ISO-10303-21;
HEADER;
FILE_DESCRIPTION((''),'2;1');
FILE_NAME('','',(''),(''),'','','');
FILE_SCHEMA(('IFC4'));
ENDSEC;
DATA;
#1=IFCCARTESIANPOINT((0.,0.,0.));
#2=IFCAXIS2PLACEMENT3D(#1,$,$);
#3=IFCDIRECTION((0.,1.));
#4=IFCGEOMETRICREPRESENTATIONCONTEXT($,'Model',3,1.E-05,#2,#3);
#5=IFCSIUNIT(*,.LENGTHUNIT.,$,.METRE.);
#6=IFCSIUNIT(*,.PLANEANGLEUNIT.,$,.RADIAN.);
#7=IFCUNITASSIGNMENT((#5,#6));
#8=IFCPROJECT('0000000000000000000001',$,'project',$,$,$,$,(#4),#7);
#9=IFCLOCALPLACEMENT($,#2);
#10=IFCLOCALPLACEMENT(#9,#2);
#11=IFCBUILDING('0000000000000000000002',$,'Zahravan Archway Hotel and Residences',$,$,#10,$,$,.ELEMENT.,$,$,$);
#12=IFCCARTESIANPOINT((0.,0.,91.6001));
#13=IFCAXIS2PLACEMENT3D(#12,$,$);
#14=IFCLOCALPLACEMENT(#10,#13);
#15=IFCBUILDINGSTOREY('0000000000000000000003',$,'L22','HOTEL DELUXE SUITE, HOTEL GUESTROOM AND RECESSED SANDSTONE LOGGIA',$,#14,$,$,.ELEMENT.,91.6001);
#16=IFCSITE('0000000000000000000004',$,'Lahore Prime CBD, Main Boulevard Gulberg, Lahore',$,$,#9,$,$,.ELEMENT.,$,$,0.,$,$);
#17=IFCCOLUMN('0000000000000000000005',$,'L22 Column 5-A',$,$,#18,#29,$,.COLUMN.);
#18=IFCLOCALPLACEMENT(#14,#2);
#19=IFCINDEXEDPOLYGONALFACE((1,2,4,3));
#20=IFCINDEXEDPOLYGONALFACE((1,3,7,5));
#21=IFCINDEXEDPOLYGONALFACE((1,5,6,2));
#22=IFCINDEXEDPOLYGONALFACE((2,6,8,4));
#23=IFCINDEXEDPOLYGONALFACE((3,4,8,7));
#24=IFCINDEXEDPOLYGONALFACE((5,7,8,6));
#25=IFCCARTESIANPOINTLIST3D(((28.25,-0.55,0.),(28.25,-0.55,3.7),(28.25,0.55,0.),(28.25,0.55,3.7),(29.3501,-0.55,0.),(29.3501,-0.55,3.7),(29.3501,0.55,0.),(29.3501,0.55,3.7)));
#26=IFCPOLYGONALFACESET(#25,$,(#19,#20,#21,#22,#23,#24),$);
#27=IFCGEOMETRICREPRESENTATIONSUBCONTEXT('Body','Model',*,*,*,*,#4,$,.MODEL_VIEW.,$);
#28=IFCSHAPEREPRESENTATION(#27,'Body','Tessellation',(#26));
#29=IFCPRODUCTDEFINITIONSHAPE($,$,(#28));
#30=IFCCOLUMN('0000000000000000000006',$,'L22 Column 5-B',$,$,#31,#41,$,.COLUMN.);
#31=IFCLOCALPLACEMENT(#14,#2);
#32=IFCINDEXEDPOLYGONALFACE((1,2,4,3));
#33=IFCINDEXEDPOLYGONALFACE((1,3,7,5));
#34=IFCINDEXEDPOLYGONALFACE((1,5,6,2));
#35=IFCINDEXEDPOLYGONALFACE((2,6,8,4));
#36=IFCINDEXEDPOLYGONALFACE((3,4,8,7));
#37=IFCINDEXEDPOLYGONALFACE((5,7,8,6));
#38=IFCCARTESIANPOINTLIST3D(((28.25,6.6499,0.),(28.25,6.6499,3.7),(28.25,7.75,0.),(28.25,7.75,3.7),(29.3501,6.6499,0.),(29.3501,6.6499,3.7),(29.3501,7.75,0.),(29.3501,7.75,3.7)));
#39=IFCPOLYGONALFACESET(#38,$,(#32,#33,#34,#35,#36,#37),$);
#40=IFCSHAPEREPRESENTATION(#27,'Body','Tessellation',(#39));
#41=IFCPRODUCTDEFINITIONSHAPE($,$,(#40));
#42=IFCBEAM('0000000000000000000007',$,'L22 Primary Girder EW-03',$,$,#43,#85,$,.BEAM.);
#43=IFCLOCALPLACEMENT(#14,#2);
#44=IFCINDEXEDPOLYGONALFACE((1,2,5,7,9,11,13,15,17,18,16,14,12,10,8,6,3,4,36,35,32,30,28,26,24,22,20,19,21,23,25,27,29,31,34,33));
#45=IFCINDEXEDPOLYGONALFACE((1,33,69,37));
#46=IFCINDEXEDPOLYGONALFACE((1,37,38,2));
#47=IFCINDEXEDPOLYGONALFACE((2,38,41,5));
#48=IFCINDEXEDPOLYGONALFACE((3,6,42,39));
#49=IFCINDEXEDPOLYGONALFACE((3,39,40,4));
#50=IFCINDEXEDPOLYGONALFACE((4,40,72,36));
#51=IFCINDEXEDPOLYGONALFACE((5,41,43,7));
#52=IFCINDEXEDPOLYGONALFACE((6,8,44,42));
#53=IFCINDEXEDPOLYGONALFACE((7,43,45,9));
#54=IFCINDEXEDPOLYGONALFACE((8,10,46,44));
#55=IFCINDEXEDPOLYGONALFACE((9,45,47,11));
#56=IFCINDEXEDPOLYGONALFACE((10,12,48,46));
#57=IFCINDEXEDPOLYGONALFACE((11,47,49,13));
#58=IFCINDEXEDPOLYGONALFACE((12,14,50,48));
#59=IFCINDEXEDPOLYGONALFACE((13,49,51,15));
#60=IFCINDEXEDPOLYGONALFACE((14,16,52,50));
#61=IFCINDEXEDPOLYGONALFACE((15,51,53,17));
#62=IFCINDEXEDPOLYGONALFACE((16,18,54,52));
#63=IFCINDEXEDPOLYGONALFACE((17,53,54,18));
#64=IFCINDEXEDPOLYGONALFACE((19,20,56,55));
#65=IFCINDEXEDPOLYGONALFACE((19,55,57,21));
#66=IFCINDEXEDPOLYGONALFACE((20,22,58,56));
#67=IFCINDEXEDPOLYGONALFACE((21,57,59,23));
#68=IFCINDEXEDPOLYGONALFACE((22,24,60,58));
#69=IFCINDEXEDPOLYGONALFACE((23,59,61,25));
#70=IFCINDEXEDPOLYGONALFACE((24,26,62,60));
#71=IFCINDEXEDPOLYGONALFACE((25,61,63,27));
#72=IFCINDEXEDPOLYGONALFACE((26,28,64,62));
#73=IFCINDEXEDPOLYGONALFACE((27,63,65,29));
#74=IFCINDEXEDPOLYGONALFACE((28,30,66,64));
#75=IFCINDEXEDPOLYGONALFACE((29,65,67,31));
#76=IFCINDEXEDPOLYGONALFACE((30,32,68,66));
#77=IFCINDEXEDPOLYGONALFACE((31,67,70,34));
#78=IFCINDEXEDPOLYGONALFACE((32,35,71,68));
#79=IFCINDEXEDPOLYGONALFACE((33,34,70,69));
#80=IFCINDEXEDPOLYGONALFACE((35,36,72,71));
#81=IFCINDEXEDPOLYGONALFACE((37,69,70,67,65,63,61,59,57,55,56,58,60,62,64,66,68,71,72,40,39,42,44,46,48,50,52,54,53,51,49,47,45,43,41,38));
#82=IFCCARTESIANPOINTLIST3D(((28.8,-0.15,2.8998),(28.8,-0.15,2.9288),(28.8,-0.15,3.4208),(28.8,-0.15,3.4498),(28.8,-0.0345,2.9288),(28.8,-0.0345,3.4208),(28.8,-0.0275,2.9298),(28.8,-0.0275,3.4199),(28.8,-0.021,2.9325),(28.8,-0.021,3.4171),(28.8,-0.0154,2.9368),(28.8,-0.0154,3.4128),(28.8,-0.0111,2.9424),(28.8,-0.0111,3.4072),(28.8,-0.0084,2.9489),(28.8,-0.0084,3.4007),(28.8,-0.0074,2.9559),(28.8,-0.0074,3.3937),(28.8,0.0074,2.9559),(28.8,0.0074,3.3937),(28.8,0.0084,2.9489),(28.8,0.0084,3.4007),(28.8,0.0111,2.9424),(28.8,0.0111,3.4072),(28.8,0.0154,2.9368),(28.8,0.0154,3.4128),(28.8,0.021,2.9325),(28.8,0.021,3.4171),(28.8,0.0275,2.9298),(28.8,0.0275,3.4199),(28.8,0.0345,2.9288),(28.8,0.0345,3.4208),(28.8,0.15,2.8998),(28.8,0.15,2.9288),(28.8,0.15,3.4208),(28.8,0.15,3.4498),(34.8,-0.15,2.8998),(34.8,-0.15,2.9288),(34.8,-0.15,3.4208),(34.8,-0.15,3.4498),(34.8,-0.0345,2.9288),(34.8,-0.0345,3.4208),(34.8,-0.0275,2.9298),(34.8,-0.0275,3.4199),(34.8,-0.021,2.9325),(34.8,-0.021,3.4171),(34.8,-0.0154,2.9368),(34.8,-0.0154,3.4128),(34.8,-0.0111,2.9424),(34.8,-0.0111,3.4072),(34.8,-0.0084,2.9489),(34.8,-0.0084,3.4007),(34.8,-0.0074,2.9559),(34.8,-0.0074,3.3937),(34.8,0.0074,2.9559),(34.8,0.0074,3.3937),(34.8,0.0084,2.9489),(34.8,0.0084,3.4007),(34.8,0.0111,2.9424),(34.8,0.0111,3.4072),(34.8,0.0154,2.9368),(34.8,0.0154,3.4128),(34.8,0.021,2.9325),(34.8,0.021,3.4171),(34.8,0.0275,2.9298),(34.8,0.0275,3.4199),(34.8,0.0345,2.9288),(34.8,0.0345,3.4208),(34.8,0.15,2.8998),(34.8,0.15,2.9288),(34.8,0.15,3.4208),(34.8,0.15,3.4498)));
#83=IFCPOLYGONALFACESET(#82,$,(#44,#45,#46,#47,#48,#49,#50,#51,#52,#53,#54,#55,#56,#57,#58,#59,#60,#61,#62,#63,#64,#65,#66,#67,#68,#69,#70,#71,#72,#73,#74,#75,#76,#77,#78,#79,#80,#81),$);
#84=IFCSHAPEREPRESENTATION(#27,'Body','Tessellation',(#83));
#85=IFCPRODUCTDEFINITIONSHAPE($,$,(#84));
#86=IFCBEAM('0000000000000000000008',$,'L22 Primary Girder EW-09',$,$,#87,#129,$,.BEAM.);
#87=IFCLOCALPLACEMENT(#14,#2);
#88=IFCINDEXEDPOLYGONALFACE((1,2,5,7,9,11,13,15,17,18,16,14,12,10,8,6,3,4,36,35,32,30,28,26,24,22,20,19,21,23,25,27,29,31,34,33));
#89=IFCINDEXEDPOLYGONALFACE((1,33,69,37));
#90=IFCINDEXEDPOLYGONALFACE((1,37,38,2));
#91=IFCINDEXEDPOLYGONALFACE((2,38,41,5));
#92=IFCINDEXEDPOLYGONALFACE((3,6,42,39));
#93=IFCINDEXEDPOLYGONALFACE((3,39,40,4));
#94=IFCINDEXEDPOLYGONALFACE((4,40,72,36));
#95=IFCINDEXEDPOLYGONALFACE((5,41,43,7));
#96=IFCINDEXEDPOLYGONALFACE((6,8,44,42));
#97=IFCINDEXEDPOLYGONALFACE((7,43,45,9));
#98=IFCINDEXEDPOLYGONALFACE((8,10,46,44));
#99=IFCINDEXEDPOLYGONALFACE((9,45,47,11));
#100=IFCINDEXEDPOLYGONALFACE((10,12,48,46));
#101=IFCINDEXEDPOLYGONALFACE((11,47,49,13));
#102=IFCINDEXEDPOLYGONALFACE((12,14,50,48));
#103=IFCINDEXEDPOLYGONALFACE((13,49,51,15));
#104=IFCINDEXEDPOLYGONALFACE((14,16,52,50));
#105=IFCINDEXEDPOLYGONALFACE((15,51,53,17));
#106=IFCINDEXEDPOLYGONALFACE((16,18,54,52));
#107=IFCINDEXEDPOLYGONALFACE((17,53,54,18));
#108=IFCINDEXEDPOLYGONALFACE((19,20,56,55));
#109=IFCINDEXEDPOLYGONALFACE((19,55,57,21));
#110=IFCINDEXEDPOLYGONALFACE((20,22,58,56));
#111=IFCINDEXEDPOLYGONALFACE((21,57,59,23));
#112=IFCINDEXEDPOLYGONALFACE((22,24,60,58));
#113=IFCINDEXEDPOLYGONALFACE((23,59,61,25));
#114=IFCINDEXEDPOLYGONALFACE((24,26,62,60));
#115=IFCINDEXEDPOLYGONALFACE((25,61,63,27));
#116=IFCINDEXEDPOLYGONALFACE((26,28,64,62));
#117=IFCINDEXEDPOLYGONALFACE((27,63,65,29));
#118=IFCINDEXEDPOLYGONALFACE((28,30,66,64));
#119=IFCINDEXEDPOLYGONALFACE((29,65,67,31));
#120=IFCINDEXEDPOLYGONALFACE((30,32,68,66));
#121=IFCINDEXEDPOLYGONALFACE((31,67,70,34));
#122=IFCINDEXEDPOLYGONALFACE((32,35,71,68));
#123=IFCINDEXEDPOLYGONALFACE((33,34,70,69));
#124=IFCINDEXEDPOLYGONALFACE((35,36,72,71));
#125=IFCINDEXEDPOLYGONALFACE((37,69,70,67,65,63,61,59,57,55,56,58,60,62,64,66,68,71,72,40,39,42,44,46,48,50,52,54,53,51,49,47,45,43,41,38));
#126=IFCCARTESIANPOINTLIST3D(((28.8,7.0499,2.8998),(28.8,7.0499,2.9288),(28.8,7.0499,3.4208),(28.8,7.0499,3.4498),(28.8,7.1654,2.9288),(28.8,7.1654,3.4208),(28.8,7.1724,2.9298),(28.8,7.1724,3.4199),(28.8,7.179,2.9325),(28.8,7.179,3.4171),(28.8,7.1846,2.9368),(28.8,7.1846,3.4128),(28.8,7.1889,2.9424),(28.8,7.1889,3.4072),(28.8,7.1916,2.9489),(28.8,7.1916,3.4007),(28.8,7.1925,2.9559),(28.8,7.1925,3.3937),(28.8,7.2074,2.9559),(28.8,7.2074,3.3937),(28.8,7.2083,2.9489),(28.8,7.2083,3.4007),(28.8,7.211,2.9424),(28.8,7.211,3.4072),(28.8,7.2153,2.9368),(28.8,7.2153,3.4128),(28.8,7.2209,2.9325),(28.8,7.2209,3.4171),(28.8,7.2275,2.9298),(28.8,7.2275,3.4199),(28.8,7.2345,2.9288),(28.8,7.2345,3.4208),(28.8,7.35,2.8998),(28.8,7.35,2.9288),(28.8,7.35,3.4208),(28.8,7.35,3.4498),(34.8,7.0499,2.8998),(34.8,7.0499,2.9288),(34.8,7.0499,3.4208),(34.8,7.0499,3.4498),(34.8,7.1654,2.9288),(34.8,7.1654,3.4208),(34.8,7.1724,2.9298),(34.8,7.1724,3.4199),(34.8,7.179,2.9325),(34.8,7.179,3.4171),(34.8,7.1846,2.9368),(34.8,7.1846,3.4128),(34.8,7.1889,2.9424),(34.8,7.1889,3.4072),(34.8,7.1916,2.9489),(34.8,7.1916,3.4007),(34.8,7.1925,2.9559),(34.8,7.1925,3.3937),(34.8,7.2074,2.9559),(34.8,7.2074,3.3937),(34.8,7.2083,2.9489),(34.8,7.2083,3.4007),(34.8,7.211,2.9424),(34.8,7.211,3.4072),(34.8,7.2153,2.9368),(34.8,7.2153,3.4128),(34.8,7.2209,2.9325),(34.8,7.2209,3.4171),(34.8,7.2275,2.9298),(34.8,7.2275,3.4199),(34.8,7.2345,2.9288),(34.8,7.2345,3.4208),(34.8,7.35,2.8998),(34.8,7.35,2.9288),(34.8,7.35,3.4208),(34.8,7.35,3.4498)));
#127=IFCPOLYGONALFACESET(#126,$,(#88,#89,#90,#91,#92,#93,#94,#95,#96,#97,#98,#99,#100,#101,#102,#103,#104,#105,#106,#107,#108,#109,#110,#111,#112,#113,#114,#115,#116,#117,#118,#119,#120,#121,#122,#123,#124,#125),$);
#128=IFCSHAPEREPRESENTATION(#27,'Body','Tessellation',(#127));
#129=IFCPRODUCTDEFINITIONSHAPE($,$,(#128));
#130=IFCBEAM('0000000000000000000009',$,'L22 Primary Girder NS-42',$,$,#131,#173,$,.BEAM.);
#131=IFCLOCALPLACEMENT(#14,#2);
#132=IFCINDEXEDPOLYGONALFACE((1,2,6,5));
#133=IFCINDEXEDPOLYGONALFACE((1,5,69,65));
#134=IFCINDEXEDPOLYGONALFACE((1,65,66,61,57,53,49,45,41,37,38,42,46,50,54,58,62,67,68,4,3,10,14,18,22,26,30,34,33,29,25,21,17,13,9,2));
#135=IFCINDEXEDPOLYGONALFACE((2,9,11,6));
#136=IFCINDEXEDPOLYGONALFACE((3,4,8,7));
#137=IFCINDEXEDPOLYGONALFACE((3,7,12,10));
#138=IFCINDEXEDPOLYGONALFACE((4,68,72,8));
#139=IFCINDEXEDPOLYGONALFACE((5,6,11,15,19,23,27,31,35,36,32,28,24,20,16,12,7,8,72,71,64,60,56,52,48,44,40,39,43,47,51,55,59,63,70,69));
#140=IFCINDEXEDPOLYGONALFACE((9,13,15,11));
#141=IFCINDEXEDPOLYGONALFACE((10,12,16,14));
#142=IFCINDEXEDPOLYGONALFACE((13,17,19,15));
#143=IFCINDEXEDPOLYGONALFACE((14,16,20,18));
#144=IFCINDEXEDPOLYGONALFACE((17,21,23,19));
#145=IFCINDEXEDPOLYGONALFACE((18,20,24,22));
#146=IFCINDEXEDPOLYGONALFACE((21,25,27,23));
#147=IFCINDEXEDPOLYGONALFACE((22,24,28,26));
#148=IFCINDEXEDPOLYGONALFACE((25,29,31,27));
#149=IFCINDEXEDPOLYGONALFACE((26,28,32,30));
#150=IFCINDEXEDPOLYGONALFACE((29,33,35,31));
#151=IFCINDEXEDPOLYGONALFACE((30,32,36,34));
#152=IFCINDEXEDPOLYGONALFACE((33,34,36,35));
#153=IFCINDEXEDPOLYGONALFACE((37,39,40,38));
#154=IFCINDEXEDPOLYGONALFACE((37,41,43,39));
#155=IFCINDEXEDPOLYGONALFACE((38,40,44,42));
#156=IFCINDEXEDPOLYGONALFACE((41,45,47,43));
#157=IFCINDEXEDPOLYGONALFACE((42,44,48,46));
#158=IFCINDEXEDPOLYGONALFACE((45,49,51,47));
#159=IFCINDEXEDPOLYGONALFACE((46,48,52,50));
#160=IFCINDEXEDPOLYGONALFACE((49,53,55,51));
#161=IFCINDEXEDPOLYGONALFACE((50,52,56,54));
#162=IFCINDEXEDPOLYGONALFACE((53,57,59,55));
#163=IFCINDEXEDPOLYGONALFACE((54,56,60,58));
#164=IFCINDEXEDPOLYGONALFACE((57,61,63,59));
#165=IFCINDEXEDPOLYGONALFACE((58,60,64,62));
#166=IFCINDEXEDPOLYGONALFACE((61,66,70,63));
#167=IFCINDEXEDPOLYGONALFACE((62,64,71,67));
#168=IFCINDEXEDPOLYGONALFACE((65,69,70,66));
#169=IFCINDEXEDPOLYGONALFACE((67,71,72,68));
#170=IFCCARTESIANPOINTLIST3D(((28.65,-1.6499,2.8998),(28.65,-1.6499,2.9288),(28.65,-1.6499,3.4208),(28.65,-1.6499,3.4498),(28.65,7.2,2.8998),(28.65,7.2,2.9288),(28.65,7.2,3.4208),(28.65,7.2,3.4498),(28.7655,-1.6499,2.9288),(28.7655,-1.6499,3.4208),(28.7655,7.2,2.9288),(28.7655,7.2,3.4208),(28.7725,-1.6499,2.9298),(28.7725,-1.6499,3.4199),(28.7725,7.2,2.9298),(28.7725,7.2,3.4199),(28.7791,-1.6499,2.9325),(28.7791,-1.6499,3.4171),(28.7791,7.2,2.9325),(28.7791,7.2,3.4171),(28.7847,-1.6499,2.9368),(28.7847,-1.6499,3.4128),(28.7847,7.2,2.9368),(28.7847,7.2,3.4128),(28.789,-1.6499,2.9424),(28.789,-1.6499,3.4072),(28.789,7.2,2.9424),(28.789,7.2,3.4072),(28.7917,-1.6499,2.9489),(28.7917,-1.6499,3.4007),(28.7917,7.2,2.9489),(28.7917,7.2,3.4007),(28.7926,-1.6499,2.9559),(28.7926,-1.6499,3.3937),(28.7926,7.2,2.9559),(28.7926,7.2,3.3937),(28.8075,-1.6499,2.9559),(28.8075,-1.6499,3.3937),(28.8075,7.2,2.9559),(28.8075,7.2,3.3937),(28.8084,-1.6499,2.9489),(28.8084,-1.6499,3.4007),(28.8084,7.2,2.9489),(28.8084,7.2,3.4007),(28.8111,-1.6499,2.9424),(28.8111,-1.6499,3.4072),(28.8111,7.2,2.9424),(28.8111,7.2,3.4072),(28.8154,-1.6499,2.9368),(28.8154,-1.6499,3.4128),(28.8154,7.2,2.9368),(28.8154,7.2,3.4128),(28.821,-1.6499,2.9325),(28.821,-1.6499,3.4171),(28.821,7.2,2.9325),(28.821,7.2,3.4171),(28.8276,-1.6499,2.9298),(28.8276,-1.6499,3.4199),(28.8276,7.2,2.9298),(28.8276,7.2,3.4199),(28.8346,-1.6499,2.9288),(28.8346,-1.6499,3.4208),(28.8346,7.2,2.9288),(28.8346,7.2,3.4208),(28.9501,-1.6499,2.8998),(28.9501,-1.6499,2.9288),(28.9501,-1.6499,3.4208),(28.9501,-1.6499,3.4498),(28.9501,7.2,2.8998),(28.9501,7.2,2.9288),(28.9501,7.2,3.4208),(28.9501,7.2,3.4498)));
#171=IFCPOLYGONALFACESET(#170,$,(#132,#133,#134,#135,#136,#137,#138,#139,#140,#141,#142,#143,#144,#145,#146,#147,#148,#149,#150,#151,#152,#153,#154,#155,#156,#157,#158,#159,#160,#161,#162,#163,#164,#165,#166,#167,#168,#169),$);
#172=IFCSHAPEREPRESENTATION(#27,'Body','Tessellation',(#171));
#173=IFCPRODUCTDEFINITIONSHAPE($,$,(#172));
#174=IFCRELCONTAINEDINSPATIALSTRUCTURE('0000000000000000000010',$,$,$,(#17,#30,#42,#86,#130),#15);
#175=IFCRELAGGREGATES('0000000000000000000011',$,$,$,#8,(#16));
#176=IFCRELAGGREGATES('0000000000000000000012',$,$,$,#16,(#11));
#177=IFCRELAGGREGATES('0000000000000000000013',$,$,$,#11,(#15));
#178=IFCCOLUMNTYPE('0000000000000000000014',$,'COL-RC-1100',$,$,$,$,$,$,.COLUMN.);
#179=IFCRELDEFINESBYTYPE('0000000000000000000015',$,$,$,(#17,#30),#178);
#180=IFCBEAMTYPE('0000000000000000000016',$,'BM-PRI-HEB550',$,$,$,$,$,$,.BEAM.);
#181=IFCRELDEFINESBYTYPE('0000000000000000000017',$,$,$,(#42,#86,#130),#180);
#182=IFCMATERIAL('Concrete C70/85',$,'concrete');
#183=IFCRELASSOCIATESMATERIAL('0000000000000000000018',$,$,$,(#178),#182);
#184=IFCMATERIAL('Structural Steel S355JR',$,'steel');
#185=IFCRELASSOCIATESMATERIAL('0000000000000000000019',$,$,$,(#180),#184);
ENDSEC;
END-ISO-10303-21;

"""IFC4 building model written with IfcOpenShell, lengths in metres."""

from ifc_helpers import new_model, si_unit, direction, frame, origin, origin_2d, place, context, subcontext, project, spatial, rectangle, i_section, extrude, source, transform, mapped, material, material_profile, profile_set, type_object, element, save


model = new_model("IFC4")

# Units and contexts
model_context = context("Model", 3, precision=1e-05, world=origin(), true_north=direction((0.0, 1.0)))
body_context = subcontext(model_context, "Body", "Model", "MODEL_VIEW")
ifc_project = project(units=[si_unit("LENGTHUNIT", "METRE"), si_unit("PLANEANGLEUNIT", "RADIAN")], contexts=[model_context])

# Site, building, storey
site_placement = place(None, origin())
site = spatial("IfcSite", under=ifc_project, at=site_placement, Name="Lahore Prime CBD, Main Boulevard Gulberg, Lahore", CompositionType="ELEMENT", RefElevation=0.0)
building_placement = place(site_placement, origin())
building = spatial("IfcBuilding", under=site, at=building_placement, Name="Zahravan Archway Hotel and Residences", CompositionType="ELEMENT")
storey_placement = place(building_placement, frame((0.0, 0.0, 91.6001)))
storey = spatial("IfcBuildingStorey", under=building, at=storey_placement, Name="L22", Description="HOTEL DELUXE SUITE, HOTEL GUESTROOM AND RECESSED SANDSTONE LOGGIA", CompositionType="ELEMENT", Elevation=91.6001)

# Columns
ifc_material_1 = material(Name="Concrete C70/85", Category="concrete")
ifc_material_profile_1 = material_profile(ifc_material_1, rectangle(XDim=1.1001, YDim=1.1001, at=origin_2d()), Name="RC 1100x1100", Category="concrete")
ifc_profile_set_1 = profile_set([ifc_material_profile_1], Name="Concrete C70/85")
column_type = type_object("IfcColumnType", Name="COL-RC-1100", PredefinedType="COLUMN", material=ifc_profile_set_1)
shared_shape_1 = source(origin(), body_context, "Body", "SweptSolid", [
    extrude(rectangle(XDim=1.1001, YDim=1.1001, at=origin_2d()), origin(), (0.0, 0.0, 1.0), 3.7),
])
for number, where, z_axis, x_axis, name in (
    (1, (28.8, 0.0, 0.0), (0.0, 0.0, 1.0), (1.0, 0.0, 0.0), "L22 Column 5-A"),
    (2, (28.8, 7.2, 0.0), (0.0, 0.0, 1.0), (1.0, 0.0, 0.0), "L22 Column 5-B"),
):
    element("IfcColumn", number, at=place(storey_placement, frame(where, z_axis=z_axis, x_axis=x_axis)), inside=storey, type_object=column_type, Name=name, PredefinedType="COLUMN", context=body_context, shape_type="MappedRepresentation", body=[
        mapped(shared_shape_1, transform((0.0, 0.0, 0.0), scale=1.0)),
    ])

# Beams
ifc_material_2 = material(Name="Structural Steel S355JR", Category="steel")
ifc_material_profile_2 = material_profile(ifc_material_2, i_section(OverallWidth=0.3, OverallDepth=0.55, WebThickness=0.0149, FlangeThickness=0.0291, FilletRadius=0.0271, at=origin_2d()), Name="HEB 550", Category="steel")
ifc_profile_set_2 = profile_set([ifc_material_profile_2], Name="Structural Steel S355JR")
beam_type_1 = type_object("IfcBeamType", Name="BM-PRI-HEB550", PredefinedType="BEAM", material=ifc_profile_set_2)
shared_shape_2 = source(origin(), body_context, "Body", "SweptSolid", [
    extrude(i_section(OverallWidth=0.3, OverallDepth=0.55, WebThickness=0.0149, FlangeThickness=0.0291, FilletRadius=0.0271, at=origin_2d()), origin(), (0.0, 0.0, 1.0), 6.0),
])
for number, where, z_axis, x_axis, name in (
    (3, (28.8, 0.0, 3.1748), (1.0, 0.0, 0.0), (0.0, 1.0, 0.0), "L22 Primary Girder EW-03"),
    (4, (28.8, 7.2, 3.1748), (1.0, 0.0, 0.0), (0.0, 1.0, 0.0), "L22 Primary Girder EW-09"),
):
    element("IfcBeam", number, at=place(storey_placement, frame(where, z_axis=z_axis, x_axis=x_axis)), inside=storey, type_object=beam_type_1, Name=name, PredefinedType="BEAM", context=body_context, shape_type="MappedRepresentation", body=[
        mapped(shared_shape_2, transform((0.0, 0.0, 0.0), scale=1.0)),
    ])
shared_shape_3 = source(origin(), body_context, "Body", "SweptSolid", [
    extrude(i_section(OverallWidth=0.3, OverallDepth=0.55, WebThickness=0.0149, FlangeThickness=0.0291, FilletRadius=0.0271, at=origin_2d()), origin(), (0.0, 0.0, 1.0), 8.8499),
])
beam_placement = place(storey_placement, frame((28.8, -1.6499, 3.1748), z_axis=(0.0, 1.0, 0.0), x_axis=(-1.0, 0.0, 0.0)))
element("IfcBeam", 5, at=beam_placement, inside=storey, type_object=beam_type_1, Name="L22 Primary Girder NS-42", PredefinedType="BEAM", context=body_context, shape_type="MappedRepresentation", body=[
    mapped(shared_shape_3, transform((0.0, 0.0, 0.0), scale=1.0)),
])

save(model, "model.ifc")
